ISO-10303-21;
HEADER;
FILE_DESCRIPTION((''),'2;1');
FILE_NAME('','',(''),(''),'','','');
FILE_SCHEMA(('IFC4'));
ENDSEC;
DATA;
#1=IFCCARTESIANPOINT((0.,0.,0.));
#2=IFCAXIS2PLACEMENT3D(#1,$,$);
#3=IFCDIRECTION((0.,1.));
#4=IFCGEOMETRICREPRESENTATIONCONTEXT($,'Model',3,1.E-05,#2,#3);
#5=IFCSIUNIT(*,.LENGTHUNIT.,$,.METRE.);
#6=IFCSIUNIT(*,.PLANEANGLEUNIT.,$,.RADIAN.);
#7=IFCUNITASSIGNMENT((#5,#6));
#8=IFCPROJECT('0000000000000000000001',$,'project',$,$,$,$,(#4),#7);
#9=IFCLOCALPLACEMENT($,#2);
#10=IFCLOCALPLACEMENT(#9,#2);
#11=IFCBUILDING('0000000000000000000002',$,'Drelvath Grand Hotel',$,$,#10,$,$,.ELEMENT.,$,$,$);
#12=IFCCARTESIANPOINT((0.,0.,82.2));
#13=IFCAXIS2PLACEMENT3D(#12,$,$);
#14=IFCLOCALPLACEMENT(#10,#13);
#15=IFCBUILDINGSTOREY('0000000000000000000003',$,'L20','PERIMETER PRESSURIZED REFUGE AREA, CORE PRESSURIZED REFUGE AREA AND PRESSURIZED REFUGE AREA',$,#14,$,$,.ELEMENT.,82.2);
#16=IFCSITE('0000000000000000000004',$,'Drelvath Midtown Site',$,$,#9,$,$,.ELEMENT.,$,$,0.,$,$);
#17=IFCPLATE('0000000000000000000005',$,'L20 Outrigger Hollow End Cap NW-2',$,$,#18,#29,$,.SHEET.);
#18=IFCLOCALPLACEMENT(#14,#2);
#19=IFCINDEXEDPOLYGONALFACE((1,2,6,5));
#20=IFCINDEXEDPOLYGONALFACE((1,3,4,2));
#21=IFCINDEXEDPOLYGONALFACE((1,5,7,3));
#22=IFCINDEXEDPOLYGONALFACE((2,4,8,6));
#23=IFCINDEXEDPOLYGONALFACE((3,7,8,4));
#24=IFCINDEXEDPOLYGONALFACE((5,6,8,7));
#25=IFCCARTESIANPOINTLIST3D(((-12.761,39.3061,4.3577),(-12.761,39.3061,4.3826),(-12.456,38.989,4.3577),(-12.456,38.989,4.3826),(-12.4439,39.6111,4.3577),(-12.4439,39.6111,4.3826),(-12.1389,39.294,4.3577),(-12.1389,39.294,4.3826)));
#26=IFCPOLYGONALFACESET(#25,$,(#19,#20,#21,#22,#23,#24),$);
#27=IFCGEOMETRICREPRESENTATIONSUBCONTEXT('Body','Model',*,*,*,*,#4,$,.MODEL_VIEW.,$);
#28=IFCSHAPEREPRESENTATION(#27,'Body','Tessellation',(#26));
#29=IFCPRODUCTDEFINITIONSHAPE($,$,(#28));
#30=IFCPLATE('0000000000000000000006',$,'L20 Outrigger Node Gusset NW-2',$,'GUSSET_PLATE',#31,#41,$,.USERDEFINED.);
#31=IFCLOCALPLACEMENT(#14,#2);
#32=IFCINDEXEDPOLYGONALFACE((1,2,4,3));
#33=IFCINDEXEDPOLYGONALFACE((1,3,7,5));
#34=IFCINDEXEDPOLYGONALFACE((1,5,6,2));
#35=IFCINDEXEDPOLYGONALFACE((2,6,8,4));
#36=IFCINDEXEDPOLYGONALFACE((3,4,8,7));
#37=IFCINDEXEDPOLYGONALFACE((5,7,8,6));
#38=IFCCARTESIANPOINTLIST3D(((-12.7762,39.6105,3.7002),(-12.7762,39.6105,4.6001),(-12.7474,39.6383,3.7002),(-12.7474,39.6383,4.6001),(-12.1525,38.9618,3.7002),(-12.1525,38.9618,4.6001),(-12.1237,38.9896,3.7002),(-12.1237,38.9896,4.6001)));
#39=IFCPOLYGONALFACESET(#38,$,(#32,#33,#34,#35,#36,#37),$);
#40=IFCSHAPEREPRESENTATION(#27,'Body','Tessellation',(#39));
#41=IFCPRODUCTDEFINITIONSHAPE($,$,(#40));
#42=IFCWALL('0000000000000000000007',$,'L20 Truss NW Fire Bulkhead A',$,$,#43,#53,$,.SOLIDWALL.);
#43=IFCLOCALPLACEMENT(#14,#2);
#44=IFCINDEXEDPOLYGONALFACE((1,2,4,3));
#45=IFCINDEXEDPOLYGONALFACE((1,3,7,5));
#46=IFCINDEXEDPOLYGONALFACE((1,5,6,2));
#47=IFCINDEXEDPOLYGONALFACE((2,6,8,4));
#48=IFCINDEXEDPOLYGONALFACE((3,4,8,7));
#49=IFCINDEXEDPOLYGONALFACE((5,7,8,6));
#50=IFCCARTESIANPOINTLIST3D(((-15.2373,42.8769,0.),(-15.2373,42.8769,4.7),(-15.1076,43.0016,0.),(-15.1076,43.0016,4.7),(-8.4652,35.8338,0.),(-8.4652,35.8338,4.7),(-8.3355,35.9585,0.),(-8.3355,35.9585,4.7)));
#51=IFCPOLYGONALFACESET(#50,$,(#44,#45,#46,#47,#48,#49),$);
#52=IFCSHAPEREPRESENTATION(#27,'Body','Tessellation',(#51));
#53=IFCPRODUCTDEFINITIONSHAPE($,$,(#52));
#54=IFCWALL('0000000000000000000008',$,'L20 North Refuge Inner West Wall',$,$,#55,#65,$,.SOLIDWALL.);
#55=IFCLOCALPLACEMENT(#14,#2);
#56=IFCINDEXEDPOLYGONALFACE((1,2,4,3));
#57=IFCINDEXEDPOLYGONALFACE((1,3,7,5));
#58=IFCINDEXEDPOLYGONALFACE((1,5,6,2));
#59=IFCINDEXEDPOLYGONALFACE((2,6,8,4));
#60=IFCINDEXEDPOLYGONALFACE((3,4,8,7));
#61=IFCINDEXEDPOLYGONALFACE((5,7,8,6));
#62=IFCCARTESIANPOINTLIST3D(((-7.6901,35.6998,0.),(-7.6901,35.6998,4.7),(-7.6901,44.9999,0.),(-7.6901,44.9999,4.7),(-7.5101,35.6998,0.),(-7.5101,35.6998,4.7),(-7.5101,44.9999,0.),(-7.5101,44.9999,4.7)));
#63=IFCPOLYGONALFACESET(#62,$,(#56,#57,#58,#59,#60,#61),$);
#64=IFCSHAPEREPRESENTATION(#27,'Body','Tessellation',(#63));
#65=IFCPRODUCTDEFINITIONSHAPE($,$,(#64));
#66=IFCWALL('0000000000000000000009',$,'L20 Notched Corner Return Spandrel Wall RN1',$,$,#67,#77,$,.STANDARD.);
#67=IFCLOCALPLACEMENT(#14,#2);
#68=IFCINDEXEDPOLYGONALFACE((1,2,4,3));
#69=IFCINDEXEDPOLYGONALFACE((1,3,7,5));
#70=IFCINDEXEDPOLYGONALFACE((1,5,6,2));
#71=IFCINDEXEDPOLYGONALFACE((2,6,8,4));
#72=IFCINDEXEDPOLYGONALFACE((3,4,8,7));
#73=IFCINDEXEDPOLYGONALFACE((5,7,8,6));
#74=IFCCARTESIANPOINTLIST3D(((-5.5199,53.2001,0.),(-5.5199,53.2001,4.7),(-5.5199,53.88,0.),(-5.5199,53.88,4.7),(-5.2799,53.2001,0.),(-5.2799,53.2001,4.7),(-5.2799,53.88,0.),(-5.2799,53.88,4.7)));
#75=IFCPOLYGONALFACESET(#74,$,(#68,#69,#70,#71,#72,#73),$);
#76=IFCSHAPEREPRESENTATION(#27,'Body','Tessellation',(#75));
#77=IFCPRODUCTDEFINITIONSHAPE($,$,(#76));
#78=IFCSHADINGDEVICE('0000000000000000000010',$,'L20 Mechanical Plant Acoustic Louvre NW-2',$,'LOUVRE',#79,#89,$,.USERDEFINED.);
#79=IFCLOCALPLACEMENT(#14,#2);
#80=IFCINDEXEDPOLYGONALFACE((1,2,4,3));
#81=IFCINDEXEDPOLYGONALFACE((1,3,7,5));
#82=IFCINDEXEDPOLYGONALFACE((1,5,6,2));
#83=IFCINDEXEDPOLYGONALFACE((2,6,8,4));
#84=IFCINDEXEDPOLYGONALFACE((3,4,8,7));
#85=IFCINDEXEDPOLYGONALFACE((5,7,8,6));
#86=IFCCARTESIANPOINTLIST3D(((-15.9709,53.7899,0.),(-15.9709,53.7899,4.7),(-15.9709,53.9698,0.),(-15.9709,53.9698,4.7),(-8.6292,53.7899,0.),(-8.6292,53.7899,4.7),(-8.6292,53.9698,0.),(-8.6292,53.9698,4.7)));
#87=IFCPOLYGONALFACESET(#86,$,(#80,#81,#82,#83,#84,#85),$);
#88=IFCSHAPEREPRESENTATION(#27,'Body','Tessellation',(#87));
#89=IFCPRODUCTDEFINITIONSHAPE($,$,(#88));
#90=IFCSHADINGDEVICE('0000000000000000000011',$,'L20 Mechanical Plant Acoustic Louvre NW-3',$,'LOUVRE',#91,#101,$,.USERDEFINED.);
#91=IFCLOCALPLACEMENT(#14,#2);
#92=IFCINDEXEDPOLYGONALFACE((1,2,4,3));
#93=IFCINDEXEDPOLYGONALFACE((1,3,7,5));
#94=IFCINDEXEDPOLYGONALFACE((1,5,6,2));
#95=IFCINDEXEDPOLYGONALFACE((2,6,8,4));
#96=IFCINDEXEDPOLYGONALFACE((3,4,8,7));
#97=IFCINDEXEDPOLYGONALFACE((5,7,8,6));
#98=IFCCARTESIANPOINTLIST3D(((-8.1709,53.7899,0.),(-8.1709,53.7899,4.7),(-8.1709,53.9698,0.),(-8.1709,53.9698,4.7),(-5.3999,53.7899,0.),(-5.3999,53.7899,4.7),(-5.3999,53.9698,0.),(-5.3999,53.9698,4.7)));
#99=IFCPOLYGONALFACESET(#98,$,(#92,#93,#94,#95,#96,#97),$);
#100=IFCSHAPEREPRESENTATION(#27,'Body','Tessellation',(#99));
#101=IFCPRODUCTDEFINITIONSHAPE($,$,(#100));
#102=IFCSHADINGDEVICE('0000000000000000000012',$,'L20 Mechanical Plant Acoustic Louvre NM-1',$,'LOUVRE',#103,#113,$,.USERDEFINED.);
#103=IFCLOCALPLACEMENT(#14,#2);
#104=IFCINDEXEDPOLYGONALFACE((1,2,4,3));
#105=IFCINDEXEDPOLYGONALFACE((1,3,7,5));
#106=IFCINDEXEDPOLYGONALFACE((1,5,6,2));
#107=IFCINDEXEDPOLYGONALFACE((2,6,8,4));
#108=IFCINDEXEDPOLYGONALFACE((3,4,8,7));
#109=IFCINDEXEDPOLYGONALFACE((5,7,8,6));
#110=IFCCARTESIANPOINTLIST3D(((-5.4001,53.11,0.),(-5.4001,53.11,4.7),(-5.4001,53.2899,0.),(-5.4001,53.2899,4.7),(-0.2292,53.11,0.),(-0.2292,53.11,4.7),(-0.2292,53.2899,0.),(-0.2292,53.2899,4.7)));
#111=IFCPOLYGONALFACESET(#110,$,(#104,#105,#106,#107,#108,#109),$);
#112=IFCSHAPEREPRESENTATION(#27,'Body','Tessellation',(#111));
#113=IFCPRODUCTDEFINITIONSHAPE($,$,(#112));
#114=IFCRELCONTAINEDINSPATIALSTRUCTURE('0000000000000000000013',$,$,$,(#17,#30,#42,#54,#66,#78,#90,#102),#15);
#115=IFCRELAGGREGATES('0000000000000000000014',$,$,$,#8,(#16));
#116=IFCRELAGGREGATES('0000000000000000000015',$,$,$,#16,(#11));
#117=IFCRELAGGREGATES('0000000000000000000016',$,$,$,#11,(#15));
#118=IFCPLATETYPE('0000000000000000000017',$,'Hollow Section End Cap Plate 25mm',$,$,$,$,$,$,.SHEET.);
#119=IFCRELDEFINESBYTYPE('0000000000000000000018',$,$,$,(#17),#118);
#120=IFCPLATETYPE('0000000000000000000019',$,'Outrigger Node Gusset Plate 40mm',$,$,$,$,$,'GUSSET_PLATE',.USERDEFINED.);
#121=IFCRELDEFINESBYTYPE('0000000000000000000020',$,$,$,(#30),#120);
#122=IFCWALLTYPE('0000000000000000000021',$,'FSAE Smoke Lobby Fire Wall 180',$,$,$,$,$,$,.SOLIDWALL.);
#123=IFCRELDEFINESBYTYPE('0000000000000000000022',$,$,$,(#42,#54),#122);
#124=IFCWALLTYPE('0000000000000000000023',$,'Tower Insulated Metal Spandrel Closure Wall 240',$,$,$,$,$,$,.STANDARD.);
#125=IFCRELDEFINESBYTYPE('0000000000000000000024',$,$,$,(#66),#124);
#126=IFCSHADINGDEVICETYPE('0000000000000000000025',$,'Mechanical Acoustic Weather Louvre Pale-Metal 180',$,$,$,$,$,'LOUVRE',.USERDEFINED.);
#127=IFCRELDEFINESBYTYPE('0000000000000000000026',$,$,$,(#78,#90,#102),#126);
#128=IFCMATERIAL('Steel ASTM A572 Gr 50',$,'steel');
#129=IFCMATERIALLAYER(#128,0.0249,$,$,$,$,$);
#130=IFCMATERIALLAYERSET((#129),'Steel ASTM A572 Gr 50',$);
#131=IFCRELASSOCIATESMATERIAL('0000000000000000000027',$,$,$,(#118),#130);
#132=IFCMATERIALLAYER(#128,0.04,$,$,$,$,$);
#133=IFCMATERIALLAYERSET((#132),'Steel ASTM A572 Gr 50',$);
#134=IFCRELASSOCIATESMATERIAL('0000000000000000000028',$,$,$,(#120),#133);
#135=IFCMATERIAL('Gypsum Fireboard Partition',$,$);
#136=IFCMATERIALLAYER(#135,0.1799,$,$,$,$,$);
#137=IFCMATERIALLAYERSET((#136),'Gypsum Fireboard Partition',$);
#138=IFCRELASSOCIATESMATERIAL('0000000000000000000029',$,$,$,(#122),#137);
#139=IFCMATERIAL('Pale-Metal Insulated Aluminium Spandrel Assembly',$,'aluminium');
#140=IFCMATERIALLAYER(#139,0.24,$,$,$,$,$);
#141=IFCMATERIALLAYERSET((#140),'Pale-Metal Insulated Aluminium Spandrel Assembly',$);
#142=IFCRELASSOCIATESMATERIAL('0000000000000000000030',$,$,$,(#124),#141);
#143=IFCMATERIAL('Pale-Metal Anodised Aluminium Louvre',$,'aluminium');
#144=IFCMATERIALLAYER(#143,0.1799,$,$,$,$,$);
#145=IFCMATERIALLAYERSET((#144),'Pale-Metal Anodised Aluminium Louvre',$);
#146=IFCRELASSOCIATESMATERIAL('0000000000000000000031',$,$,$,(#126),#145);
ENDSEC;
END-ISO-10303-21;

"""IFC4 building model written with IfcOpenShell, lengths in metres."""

from ifc_helpers import new_model, si_unit, direction, frame, frame_2d, origin, origin_2d, place, context, subcontext, project, spatial, rectangle, extrude, material, layer, layer_set, type_object, element, save


model = new_model("IFC4")

# Units and contexts
model_context = context("Model", 3, precision=1e-05, world=origin(), true_north=direction((0.0, 1.0)))
body_context = subcontext(model_context, "Body", "Model", "MODEL_VIEW")
ifc_project = project(units=[si_unit("LENGTHUNIT", "METRE"), si_unit("PLANEANGLEUNIT", "RADIAN")], contexts=[model_context])

# Site, building, storey
site_placement = place(None, origin())
site = spatial("IfcSite", under=ifc_project, at=site_placement, Name="Drelvath Midtown Site", CompositionType="ELEMENT", RefElevation=0.0)
building_placement = place(site_placement, origin())
building = spatial("IfcBuilding", under=site, at=building_placement, Name="Drelvath Grand Hotel", CompositionType="ELEMENT")
storey_placement = place(building_placement, frame((0.0, 0.0, 82.2)))
storey = spatial("IfcBuildingStorey", under=building, at=storey_placement, Name="L20", Description="PERIMETER PRESSURIZED REFUGE AREA, CORE PRESSURIZED REFUGE AREA AND PRESSURIZED REFUGE AREA", CompositionType="ELEMENT", Elevation=82.2)

# Plates
ifc_material_1 = material(Name="Steel ASTM A572 Gr 50", Category="steel")
ifc_layer_1 = layer(ifc_material_1, 0.0249)
ifc_layer_set_1 = layer_set([ifc_layer_1], Name="Steel ASTM A572 Gr 50")
plate_type_1 = type_object("IfcPlateType", Name="Hollow Section End Cap Plate 25mm", PredefinedType="SHEET", material=ifc_layer_set_1)
plate_1_placement = place(storey_placement, frame((-12.45, 39.3, 4.3577), z_axis=(0.0, 0.0, 1.0), x_axis=(-0.693109, 0.720833, 0.0)))
element("IfcPlate", 1, at=plate_1_placement, inside=storey, type_object=plate_type_1, Name="L20 Outrigger Hollow End Cap NW-2", PredefinedType="SHEET", context=body_context, shape_type="SweptSolid", body=[
    extrude(rectangle(XDim=0.4399, YDim=0.4399, at=origin_2d()), origin(), (0.0, 0.0, 1.0), 0.0249),
])
ifc_layer_2 = layer(ifc_material_1, 0.04)
ifc_layer_set_2 = layer_set([ifc_layer_2], Name="Steel ASTM A572 Gr 50")
plate_type_2 = type_object("IfcPlateType", Name="Outrigger Node Gusset Plate 40mm", ElementType="GUSSET_PLATE", PredefinedType="USERDEFINED", material=ifc_layer_set_2)
plate_2_placement = place(storey_placement, frame((-12.45, 39.3, 3.7002), z_axis=(0.0, 0.0, 1.0), x_axis=(-0.693109, 0.720833, 0.0)))
element("IfcPlate", 2, at=plate_2_placement, inside=storey, type_object=plate_type_2, Name="L20 Outrigger Node Gusset NW-2", ObjectType="GUSSET_PLATE", PredefinedType="USERDEFINED", context=body_context, shape_type="SweptSolid", body=[
    extrude(rectangle(XDim=0.8999, YDim=0.04, at=origin_2d()), origin(), (0.0, 0.0, 1.0), 0.8999),
])

# Walls
ifc_material_2 = material(Name="Gypsum Fireboard Partition")
ifc_layer_3 = layer(ifc_material_2, 0.1799)
ifc_layer_set_3 = layer_set([ifc_layer_3], Name="Gypsum Fireboard Partition")
wall_type_1 = type_object("IfcWallType", Name="FSAE Smoke Lobby Fire Wall 180", PredefinedType="SOLIDWALL", material=ifc_layer_set_3)
wall_1_placement = place(storey_placement, frame((-8.4004, 35.8962, 0.0), z_axis=(0.0, 0.0, 1.0), x_axis=(-0.693103, 0.720838, 0.0)))
element("IfcWall", 3, at=wall_1_placement, inside=storey, type_object=wall_type_1, Name="L20 Truss NW Fire Bulkhead A", PredefinedType="SOLIDWALL", context=body_context, shape_type="SweptSolid", body=[
    extrude(rectangle(XDim=9.7708, YDim=0.1799, at=frame_2d((4.8853, 0.0))), origin(), (0.0, 0.0, 1.0), 4.7),
])
wall_2_placement = place(storey_placement, frame((-7.6001, 35.7, 0.0), z_axis=(0.0, 0.0, 1.0), x_axis=(0.0, 1.0, 0.0)))
element("IfcWall", 4, at=wall_2_placement, inside=storey, type_object=wall_type_1, Name="L20 North Refuge Inner West Wall", PredefinedType="SOLIDWALL", context=body_context, shape_type="SweptSolid", body=[
    extrude(rectangle(XDim=9.3, YDim=0.1799, at=frame_2d((4.6499, 0.0))), origin(), (0.0, 0.0, 1.0), 4.7),
])
ifc_material_3 = material(Name="Pale-Metal Insulated Aluminium Spandrel Assembly", Category="aluminium")
ifc_layer_4 = layer(ifc_material_3, 0.24)
ifc_layer_set_4 = layer_set([ifc_layer_4], Name="Pale-Metal Insulated Aluminium Spandrel Assembly")
wall_type_2 = type_object("IfcWallType", Name="Tower Insulated Metal Spandrel Closure Wall 240", PredefinedType="STANDARD", material=ifc_layer_set_4)
wall_3_placement = place(storey_placement, frame((-5.3999, 53.8799, 0.0), z_axis=(0.0, 0.0, 1.0), x_axis=(0.0, -1.0, 0.0)))
element("IfcWall", 5, at=wall_3_placement, inside=storey, type_object=wall_type_2, Name="L20 Notched Corner Return Spandrel Wall RN1", PredefinedType="STANDARD", context=body_context, shape_type="SweptSolid", body=[
    extrude(rectangle(XDim=0.6799, YDim=0.24, at=frame_2d((0.3398, 0.0))), origin(), (0.0, 0.0, 1.0), 4.7),
])

# Shading devices
ifc_material_4 = material(Name="Pale-Metal Anodised Aluminium Louvre", Category="aluminium")
ifc_layer_5 = layer(ifc_material_4, 0.1799)
ifc_layer_set_5 = layer_set([ifc_layer_5], Name="Pale-Metal Anodised Aluminium Louvre")
shading_device_type = type_object("IfcShadingDeviceType", Name="Mechanical Acoustic Weather Louvre Pale-Metal 180", ElementType="LOUVRE", PredefinedType="USERDEFINED", material=ifc_layer_set_5)
shading_device_1_placement = place(storey_placement, frame((-12.3, 53.8799, 0.0), z_axis=(0.0, 0.0, 1.0), x_axis=(1.0, 0.0, 0.0)))
element("IfcShadingDevice", 6, at=shading_device_1_placement, inside=storey, type_object=shading_device_type, Name="L20 Mechanical Plant Acoustic Louvre NW-2", ObjectType="LOUVRE", PredefinedType="USERDEFINED", context=body_context, shape_type="SweptSolid", body=[
    extrude(rectangle(XDim=7.3418, YDim=0.1799, at=origin_2d()), origin(), (0.0, 0.0, 1.0), 4.7),
])
shading_device_2_placement = place(storey_placement, frame((-6.7854, 53.8799, 0.0), z_axis=(0.0, 0.0, 1.0), x_axis=(1.0, 0.0, 0.0)))
element("IfcShadingDevice", 7, at=shading_device_2_placement, inside=storey, type_object=shading_device_type, Name="L20 Mechanical Plant Acoustic Louvre NW-3", ObjectType="LOUVRE", PredefinedType="USERDEFINED", context=body_context, shape_type="SweptSolid", body=[
    extrude(rectangle(XDim=2.771, YDim=0.1799, at=origin_2d()), origin(), (0.0, 0.0, 1.0), 4.7),
])
shading_device_3_placement = place(storey_placement, frame((-2.8147, 53.2, 0.0), z_axis=(0.0, 0.0, 1.0), x_axis=(1.0, 0.0, 0.0)))
element("IfcShadingDevice", 8, at=shading_device_3_placement, inside=storey, type_object=shading_device_type, Name="L20 Mechanical Plant Acoustic Louvre NM-1", ObjectType="LOUVRE", PredefinedType="USERDEFINED", context=body_context, shape_type="SweptSolid", body=[
    extrude(rectangle(XDim=5.1709, YDim=0.1799, at=origin_2d()), origin(), (0.0, 0.0, 1.0), 4.7),
])

save(model, "model.ifc")
